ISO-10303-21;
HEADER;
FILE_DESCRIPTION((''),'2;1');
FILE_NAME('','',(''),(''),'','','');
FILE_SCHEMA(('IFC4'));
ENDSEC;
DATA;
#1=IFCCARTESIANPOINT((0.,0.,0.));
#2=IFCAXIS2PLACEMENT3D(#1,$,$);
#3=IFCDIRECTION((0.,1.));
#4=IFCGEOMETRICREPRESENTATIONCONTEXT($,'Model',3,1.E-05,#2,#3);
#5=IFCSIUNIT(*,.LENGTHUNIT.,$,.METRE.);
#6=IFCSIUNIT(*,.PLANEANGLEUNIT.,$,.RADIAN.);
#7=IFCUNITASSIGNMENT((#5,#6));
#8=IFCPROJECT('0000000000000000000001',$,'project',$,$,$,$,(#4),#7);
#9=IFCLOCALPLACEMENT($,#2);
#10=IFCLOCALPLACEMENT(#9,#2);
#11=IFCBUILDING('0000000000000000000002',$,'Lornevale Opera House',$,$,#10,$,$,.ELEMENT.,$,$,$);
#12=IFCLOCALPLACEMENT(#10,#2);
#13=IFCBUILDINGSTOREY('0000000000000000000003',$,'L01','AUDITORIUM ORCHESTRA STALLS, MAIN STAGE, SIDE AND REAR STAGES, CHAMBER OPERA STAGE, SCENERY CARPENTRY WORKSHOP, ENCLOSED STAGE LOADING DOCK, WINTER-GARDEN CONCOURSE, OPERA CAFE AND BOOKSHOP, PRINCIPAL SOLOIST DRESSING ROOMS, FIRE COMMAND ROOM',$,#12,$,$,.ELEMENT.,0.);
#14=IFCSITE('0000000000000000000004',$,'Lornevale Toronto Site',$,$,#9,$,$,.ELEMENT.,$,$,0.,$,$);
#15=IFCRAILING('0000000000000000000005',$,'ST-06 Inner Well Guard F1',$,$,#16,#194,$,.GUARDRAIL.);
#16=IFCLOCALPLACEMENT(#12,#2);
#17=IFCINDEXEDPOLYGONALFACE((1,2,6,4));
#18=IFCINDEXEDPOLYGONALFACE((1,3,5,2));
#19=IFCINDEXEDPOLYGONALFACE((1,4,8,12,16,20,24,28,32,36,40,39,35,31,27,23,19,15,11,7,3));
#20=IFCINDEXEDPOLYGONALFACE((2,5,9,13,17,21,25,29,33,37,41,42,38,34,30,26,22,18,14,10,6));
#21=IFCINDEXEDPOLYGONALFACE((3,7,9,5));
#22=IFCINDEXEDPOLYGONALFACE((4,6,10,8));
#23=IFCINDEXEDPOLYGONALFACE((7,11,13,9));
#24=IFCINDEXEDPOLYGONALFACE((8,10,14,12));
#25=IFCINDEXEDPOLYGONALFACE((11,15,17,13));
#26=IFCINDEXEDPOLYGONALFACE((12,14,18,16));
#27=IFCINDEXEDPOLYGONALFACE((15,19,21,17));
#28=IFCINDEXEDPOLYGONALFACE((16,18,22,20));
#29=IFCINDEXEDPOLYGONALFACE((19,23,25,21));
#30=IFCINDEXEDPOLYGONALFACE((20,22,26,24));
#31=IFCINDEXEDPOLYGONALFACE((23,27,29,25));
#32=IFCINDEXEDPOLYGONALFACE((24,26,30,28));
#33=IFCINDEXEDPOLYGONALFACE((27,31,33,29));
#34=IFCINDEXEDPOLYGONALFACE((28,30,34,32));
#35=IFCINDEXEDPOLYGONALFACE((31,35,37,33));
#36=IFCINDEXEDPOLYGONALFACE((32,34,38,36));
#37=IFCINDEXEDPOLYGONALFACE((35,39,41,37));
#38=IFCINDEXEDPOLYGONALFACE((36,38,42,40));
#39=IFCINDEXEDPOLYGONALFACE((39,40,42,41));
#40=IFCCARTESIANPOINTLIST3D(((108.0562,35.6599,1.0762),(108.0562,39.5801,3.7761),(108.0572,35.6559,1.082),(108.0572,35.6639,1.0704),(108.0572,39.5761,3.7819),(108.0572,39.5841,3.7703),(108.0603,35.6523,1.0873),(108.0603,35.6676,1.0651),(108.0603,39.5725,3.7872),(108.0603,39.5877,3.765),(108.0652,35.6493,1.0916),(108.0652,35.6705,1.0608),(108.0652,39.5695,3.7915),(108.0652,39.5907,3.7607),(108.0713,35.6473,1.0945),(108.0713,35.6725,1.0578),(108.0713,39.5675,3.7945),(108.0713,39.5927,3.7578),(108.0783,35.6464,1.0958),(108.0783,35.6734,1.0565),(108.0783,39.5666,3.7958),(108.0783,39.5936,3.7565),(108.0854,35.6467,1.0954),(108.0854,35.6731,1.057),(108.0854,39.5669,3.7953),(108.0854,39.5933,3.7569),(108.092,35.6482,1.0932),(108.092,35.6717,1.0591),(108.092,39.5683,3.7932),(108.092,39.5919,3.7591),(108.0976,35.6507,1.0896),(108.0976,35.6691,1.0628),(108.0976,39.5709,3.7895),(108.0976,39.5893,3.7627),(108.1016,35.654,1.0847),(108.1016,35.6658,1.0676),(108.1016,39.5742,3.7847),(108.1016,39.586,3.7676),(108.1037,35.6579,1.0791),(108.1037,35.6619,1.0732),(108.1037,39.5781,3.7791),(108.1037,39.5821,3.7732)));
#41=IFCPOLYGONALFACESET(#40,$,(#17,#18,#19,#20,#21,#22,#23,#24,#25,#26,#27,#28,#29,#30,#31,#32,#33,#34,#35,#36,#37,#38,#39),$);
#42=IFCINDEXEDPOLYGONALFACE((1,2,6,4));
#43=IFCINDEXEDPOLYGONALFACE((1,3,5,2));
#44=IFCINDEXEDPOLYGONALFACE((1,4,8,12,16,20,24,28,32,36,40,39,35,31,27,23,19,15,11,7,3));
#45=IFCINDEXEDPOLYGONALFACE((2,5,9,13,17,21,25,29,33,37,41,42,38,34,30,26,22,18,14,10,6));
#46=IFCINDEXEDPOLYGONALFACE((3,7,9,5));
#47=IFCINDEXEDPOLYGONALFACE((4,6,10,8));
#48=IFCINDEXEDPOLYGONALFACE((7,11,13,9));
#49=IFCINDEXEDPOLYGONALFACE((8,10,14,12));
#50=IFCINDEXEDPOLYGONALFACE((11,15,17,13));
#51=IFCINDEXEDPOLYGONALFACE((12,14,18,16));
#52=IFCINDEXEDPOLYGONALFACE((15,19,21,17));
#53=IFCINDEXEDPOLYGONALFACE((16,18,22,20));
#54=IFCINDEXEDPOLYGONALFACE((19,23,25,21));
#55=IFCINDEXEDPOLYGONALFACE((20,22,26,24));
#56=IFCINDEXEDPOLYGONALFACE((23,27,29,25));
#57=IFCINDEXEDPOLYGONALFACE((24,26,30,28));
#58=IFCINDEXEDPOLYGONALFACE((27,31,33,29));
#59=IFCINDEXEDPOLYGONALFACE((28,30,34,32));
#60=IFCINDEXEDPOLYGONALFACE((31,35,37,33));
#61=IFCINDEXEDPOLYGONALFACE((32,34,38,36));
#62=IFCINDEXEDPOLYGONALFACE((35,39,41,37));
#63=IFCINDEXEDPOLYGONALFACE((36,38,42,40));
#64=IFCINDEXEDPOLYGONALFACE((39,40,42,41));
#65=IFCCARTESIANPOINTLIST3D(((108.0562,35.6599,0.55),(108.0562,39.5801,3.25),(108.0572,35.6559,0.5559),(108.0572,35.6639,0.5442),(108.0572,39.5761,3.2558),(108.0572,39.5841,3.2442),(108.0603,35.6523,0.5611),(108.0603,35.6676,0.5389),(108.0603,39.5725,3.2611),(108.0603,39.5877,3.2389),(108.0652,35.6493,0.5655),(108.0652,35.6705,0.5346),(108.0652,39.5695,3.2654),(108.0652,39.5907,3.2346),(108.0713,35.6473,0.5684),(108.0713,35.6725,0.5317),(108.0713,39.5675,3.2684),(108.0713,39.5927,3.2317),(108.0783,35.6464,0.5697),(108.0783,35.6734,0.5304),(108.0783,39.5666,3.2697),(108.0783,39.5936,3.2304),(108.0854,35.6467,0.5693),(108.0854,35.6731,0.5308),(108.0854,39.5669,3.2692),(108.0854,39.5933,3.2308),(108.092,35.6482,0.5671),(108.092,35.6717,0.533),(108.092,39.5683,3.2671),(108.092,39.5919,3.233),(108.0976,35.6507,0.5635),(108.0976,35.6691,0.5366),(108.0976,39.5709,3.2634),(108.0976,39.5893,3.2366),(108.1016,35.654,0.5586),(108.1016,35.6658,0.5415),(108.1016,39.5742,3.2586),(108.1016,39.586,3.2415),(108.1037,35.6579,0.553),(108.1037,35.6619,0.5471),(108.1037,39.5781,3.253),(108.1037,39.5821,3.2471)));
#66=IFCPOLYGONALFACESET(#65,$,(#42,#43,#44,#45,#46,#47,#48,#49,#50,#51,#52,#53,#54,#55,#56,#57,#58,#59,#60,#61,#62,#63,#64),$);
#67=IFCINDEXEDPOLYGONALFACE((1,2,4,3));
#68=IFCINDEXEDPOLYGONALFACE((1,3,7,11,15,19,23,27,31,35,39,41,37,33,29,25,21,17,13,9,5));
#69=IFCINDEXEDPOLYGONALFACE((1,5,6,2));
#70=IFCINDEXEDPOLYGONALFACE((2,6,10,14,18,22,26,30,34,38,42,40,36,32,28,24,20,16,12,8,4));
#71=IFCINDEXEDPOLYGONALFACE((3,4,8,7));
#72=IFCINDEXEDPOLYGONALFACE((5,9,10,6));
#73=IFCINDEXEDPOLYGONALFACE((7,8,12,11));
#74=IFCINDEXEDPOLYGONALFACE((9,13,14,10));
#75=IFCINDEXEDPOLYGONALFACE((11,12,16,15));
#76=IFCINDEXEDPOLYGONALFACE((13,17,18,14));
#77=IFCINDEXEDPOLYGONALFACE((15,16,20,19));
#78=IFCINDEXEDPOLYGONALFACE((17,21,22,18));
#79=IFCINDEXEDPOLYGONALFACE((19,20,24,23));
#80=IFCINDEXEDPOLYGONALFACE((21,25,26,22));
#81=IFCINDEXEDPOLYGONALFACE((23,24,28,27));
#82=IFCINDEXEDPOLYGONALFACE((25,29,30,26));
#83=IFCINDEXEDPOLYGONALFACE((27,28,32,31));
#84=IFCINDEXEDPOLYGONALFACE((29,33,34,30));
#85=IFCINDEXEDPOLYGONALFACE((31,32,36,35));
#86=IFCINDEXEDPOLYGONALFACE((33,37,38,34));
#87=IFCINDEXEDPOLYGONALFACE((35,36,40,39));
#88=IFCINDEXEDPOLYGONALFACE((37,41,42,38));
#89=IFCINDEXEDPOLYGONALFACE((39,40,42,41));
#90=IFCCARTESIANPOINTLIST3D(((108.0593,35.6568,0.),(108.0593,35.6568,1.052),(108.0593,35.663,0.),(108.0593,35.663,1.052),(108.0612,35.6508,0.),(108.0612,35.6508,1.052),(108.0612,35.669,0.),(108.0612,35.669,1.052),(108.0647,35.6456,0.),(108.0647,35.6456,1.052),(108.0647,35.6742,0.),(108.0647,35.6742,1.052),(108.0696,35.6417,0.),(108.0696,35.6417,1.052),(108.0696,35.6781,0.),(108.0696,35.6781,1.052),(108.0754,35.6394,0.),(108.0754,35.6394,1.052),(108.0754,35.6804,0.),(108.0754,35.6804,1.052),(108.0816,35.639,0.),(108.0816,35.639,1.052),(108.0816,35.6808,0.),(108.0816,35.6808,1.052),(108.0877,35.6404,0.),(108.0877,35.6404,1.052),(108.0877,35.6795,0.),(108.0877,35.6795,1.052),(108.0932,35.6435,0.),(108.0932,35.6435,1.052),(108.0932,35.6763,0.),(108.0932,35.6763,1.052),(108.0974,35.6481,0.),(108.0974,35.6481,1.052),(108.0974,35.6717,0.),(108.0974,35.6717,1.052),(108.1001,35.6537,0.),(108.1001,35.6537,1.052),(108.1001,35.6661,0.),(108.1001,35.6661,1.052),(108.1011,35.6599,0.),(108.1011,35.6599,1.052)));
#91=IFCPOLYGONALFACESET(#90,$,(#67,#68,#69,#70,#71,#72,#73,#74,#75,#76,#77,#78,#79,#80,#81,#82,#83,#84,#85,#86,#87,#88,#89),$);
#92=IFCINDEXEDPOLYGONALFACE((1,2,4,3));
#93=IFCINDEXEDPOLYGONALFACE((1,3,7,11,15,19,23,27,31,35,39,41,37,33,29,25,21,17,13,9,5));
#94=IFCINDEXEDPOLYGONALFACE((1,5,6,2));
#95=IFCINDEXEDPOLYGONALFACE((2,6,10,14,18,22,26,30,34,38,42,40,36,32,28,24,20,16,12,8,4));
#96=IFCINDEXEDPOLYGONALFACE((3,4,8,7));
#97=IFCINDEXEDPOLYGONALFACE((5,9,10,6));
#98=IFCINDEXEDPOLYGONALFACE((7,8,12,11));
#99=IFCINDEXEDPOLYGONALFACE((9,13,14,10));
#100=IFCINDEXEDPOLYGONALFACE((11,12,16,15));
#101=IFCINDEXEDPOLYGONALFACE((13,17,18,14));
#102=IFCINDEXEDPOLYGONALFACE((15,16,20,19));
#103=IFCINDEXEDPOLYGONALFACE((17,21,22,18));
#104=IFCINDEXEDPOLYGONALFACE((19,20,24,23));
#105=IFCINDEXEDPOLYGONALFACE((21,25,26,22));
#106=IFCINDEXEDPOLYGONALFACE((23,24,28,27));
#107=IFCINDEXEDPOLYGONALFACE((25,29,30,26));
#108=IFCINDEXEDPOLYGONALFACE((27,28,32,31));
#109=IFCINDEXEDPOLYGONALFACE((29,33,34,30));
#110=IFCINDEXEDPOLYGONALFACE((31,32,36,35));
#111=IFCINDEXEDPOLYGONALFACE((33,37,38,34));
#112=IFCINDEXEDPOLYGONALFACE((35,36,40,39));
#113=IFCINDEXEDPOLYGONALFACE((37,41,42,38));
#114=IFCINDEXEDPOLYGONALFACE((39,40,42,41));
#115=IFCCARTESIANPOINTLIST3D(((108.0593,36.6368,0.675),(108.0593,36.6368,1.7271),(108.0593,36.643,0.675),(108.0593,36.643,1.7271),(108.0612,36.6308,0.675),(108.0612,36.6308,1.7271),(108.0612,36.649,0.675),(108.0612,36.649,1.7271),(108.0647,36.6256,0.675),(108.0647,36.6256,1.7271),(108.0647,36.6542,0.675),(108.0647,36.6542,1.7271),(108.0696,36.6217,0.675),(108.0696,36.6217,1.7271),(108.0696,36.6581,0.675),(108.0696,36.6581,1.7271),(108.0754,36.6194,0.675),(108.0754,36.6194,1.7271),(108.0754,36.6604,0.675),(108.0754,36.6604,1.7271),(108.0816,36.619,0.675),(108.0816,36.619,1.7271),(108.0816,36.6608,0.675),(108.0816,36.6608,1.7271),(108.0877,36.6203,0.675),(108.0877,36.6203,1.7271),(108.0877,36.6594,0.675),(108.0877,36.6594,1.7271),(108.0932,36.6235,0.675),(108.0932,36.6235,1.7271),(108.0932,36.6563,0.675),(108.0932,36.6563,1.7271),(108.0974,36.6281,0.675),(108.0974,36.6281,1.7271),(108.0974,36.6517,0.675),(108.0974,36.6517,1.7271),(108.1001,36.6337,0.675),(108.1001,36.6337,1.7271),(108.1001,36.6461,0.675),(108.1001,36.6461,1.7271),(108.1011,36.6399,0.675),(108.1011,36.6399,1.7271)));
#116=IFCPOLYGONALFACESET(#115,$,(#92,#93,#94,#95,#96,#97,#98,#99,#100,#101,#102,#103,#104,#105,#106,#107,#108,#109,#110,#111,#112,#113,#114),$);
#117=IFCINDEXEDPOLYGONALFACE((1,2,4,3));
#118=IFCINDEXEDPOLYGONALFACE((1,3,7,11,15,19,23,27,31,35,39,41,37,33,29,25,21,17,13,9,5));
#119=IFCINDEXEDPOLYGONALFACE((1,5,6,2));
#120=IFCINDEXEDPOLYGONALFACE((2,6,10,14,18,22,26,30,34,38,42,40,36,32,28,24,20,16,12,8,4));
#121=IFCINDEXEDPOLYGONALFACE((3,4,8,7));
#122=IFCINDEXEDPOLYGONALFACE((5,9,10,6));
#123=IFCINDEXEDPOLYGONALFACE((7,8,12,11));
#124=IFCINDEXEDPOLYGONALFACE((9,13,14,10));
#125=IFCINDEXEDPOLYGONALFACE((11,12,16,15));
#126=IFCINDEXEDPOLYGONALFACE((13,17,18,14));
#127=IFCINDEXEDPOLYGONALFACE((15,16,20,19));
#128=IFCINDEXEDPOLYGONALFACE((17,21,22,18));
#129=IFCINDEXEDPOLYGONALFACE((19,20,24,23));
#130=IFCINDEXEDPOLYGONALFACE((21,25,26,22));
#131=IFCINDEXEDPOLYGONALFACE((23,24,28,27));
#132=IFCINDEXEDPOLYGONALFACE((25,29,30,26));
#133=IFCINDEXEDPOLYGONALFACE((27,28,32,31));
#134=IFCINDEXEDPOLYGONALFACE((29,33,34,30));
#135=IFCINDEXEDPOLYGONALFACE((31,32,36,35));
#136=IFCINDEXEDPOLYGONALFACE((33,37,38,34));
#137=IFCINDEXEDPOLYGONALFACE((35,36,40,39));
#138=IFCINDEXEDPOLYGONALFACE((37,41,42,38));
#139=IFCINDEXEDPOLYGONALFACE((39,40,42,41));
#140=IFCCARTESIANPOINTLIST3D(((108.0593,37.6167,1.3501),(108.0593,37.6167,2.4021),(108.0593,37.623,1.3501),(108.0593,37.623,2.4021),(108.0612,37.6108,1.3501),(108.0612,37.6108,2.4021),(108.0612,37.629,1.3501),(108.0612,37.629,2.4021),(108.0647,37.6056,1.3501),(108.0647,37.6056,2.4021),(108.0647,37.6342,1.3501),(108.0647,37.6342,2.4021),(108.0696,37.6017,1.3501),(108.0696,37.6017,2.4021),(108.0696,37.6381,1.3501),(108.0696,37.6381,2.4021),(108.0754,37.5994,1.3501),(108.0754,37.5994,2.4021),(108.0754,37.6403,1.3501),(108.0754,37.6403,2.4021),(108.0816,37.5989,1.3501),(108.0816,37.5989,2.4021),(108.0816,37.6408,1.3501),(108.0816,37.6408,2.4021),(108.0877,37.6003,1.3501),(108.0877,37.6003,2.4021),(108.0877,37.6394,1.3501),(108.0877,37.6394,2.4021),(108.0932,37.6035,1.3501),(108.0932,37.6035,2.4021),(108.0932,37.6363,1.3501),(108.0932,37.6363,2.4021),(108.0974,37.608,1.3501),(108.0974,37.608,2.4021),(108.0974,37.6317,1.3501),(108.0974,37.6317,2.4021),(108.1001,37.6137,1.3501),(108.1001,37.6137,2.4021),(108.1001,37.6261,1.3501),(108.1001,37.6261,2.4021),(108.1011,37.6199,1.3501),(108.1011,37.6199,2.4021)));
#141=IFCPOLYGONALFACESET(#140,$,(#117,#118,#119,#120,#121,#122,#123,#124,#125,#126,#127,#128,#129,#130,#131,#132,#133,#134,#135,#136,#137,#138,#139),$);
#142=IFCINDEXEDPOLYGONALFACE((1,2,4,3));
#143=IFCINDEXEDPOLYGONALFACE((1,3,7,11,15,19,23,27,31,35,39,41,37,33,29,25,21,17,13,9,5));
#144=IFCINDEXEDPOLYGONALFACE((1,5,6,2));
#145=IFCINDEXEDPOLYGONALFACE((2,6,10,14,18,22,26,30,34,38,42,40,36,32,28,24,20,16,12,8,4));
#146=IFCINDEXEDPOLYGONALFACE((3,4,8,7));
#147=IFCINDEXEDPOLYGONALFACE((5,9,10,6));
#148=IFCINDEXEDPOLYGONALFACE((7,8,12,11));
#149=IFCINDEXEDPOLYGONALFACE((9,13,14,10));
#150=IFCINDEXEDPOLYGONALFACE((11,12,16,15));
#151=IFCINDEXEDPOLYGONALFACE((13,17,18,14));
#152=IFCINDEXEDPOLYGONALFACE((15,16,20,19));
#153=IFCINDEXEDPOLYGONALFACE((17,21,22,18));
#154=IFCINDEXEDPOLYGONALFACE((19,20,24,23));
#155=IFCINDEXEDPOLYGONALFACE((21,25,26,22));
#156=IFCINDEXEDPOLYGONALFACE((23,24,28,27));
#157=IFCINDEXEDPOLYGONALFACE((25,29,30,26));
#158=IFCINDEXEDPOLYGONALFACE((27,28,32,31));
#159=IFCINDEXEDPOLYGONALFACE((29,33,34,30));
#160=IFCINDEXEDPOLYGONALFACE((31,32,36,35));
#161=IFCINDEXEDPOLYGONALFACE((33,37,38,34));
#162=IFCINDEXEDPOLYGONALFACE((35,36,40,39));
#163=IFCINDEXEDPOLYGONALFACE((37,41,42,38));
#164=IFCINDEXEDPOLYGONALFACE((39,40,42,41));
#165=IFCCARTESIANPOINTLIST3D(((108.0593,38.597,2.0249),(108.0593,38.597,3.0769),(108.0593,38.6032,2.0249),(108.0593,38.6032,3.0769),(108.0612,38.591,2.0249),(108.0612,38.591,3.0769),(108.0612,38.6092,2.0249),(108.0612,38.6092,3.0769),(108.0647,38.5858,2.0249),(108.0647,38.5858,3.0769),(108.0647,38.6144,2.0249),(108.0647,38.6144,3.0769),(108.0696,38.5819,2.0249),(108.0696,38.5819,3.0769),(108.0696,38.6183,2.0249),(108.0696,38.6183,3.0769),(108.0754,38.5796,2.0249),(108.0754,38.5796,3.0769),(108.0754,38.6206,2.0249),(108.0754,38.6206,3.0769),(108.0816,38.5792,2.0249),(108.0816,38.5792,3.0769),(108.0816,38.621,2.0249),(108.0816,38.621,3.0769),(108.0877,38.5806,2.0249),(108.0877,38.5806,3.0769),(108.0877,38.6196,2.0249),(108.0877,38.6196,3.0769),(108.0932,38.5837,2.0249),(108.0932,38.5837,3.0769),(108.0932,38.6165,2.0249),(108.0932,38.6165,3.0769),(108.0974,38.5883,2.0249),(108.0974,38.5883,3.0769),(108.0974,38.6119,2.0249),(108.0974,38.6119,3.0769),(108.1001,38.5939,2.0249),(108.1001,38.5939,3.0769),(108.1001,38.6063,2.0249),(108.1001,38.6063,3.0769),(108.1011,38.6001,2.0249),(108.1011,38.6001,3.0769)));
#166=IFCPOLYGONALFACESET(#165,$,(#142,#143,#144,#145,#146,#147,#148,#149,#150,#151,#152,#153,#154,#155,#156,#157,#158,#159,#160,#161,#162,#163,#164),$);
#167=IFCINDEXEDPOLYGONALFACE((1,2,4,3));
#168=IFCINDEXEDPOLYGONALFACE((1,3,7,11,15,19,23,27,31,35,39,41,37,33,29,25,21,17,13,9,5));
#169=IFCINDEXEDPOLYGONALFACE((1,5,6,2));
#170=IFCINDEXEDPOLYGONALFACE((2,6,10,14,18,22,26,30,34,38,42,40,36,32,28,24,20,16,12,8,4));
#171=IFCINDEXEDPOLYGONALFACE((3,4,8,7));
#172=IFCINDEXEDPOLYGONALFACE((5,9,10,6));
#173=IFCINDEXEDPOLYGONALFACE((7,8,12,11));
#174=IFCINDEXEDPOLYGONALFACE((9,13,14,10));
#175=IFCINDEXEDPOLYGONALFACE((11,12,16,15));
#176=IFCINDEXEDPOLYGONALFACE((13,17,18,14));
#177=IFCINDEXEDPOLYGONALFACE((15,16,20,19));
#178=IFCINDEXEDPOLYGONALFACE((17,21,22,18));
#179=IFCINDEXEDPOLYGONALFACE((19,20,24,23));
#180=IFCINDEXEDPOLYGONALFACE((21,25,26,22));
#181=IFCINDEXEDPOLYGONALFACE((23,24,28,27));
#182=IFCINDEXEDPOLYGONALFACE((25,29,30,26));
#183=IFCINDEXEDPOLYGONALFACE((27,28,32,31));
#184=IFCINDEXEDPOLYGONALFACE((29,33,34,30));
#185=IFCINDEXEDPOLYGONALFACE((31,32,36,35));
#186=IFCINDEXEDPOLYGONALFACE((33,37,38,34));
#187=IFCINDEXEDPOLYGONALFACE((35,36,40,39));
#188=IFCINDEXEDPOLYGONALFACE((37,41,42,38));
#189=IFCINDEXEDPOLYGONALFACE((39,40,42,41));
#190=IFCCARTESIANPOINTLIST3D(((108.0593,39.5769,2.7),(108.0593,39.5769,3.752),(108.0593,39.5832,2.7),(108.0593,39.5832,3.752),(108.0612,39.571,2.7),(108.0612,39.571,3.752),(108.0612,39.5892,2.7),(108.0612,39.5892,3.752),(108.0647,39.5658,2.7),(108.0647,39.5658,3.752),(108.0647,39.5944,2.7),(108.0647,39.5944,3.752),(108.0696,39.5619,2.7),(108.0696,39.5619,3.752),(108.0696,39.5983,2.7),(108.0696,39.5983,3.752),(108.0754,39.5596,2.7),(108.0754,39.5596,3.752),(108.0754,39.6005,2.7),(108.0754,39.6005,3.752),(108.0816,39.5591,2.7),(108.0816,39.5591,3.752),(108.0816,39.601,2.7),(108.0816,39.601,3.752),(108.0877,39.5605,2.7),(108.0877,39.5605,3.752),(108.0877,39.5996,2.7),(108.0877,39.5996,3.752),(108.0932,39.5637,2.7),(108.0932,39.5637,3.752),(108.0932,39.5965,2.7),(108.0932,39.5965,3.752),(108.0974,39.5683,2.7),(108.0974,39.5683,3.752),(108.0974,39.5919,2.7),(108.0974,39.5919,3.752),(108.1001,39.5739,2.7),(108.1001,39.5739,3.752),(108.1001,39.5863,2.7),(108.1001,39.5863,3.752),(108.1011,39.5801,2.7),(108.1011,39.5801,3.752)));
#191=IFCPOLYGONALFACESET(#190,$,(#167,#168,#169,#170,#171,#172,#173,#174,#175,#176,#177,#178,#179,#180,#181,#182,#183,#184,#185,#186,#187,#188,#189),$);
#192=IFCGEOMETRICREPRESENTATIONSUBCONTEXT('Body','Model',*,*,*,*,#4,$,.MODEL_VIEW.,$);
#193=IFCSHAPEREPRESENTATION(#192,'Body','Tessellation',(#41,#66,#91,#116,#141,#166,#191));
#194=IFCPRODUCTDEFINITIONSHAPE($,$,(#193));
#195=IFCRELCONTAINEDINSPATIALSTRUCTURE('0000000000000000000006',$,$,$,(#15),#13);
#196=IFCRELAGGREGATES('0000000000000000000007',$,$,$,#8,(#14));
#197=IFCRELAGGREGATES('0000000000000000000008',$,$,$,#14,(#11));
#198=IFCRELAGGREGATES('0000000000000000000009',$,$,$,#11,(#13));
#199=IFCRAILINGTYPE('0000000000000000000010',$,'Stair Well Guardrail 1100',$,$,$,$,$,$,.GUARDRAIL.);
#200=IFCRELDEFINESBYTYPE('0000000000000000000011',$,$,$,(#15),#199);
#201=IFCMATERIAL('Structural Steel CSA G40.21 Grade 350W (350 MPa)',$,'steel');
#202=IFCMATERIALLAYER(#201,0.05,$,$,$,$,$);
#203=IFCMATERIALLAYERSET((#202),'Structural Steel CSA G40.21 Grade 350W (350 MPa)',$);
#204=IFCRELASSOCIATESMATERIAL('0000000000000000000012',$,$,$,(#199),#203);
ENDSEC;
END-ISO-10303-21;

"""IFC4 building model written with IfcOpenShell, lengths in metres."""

from ifc_helpers import new_model, si_unit, direction, frame, origin, origin_2d, place, context, subcontext, project, spatial, circle, extrude, material, layer, layer_set, type_object, element, save


model = new_model("IFC4")

# Units and contexts
model_context = context("Model", 3, precision=1e-05, world=origin(), true_north=direction((0.0, 1.0)))
body_context = subcontext(model_context, "Body", "Model", "MODEL_VIEW")
ifc_project = project(units=[si_unit("LENGTHUNIT", "METRE"), si_unit("PLANEANGLEUNIT", "RADIAN")], contexts=[model_context])

# Site, building, storey
site_placement = place(None, origin())
site = spatial("IfcSite", under=ifc_project, at=site_placement, Name="Lornevale Toronto Site", CompositionType="ELEMENT", RefElevation=0.0)
building_placement = place(site_placement, origin())
building = spatial("IfcBuilding", under=site, at=building_placement, Name="Lornevale Opera House", CompositionType="ELEMENT")
storey_placement = place(building_placement, origin())
storey = spatial("IfcBuildingStorey", under=building, at=storey_placement, Name="L01", Description="AUDITORIUM ORCHESTRA STALLS, MAIN STAGE, SIDE AND REAR STAGES, CHAMBER OPERA STAGE, SCENERY CARPENTRY WORKSHOP, ENCLOSED STAGE LOADING DOCK, WINTER-GARDEN CONCOURSE, OPERA CAFE AND BOOKSHOP, PRINCIPAL SOLOIST DRESSING ROOMS, FIRE COMMAND ROOM", CompositionType="ELEMENT", Elevation=0.0)

# Railing
ifc_material_1 = material(Name="Structural Steel CSA G40.21 Grade 350W (350 MPa)", Category="steel")
ifc_layer_1 = layer(ifc_material_1, 0.05)
ifc_layer_set_1 = layer_set([ifc_layer_1], Name="Structural Steel CSA G40.21 Grade 350W (350 MPa)")
railing_type_1 = type_object("IfcRailingType", Name="Stair Well Guardrail 1100", PredefinedType="GUARDRAIL", material=ifc_layer_set_1)
railing_1_placement = place(storey_placement, frame((108.0801, 35.6599, 0.0)))
element("IfcRailing", 1, at=railing_1_placement, inside=storey, type_object=railing_type_1, Name="ST-06 Inner Well Guard F1", PredefinedType="GUARDRAIL", context=body_context, shape_type="SweptSolid", body=[
    extrude(circle(Radius=0.0239, at=origin_2d()), frame((0.0, 0.0, 1.0762), z_axis=(0.0, 0.823567, 0.567219), x_axis=(-1.0, 0.0, 0.0)), (0.0, 0.0, 1.0), 4.76),
    extrude(circle(Radius=0.0239, at=origin_2d()), frame((0.0, 0.0, 0.55), z_axis=(0.0, 0.823567, 0.567219), x_axis=(-1.0, 0.0, 0.0)), (0.0, 0.0, 1.0), 4.76),
    extrude(circle(Radius=0.021, at=origin_2d()), origin(), (0.0, 0.0, 1.0), 1.052),
    extrude(circle(Radius=0.021, at=origin_2d()), frame((0.0, 0.98, 0.675)), (0.0, 0.0, 1.0), 1.052),
    extrude(circle(Radius=0.021, at=origin_2d()), frame((0.0, 1.96, 1.3501)), (0.0, 0.0, 1.0), 1.052),
    extrude(circle(Radius=0.021, at=origin_2d()), frame((0.0, 2.9402, 2.0249)), (0.0, 0.0, 1.0), 1.052),
    extrude(circle(Radius=0.021, at=origin_2d()), frame((0.0, 3.9202, 2.7)), (0.0, 0.0, 1.0), 1.052),
])

save(model, "model.ifc")
